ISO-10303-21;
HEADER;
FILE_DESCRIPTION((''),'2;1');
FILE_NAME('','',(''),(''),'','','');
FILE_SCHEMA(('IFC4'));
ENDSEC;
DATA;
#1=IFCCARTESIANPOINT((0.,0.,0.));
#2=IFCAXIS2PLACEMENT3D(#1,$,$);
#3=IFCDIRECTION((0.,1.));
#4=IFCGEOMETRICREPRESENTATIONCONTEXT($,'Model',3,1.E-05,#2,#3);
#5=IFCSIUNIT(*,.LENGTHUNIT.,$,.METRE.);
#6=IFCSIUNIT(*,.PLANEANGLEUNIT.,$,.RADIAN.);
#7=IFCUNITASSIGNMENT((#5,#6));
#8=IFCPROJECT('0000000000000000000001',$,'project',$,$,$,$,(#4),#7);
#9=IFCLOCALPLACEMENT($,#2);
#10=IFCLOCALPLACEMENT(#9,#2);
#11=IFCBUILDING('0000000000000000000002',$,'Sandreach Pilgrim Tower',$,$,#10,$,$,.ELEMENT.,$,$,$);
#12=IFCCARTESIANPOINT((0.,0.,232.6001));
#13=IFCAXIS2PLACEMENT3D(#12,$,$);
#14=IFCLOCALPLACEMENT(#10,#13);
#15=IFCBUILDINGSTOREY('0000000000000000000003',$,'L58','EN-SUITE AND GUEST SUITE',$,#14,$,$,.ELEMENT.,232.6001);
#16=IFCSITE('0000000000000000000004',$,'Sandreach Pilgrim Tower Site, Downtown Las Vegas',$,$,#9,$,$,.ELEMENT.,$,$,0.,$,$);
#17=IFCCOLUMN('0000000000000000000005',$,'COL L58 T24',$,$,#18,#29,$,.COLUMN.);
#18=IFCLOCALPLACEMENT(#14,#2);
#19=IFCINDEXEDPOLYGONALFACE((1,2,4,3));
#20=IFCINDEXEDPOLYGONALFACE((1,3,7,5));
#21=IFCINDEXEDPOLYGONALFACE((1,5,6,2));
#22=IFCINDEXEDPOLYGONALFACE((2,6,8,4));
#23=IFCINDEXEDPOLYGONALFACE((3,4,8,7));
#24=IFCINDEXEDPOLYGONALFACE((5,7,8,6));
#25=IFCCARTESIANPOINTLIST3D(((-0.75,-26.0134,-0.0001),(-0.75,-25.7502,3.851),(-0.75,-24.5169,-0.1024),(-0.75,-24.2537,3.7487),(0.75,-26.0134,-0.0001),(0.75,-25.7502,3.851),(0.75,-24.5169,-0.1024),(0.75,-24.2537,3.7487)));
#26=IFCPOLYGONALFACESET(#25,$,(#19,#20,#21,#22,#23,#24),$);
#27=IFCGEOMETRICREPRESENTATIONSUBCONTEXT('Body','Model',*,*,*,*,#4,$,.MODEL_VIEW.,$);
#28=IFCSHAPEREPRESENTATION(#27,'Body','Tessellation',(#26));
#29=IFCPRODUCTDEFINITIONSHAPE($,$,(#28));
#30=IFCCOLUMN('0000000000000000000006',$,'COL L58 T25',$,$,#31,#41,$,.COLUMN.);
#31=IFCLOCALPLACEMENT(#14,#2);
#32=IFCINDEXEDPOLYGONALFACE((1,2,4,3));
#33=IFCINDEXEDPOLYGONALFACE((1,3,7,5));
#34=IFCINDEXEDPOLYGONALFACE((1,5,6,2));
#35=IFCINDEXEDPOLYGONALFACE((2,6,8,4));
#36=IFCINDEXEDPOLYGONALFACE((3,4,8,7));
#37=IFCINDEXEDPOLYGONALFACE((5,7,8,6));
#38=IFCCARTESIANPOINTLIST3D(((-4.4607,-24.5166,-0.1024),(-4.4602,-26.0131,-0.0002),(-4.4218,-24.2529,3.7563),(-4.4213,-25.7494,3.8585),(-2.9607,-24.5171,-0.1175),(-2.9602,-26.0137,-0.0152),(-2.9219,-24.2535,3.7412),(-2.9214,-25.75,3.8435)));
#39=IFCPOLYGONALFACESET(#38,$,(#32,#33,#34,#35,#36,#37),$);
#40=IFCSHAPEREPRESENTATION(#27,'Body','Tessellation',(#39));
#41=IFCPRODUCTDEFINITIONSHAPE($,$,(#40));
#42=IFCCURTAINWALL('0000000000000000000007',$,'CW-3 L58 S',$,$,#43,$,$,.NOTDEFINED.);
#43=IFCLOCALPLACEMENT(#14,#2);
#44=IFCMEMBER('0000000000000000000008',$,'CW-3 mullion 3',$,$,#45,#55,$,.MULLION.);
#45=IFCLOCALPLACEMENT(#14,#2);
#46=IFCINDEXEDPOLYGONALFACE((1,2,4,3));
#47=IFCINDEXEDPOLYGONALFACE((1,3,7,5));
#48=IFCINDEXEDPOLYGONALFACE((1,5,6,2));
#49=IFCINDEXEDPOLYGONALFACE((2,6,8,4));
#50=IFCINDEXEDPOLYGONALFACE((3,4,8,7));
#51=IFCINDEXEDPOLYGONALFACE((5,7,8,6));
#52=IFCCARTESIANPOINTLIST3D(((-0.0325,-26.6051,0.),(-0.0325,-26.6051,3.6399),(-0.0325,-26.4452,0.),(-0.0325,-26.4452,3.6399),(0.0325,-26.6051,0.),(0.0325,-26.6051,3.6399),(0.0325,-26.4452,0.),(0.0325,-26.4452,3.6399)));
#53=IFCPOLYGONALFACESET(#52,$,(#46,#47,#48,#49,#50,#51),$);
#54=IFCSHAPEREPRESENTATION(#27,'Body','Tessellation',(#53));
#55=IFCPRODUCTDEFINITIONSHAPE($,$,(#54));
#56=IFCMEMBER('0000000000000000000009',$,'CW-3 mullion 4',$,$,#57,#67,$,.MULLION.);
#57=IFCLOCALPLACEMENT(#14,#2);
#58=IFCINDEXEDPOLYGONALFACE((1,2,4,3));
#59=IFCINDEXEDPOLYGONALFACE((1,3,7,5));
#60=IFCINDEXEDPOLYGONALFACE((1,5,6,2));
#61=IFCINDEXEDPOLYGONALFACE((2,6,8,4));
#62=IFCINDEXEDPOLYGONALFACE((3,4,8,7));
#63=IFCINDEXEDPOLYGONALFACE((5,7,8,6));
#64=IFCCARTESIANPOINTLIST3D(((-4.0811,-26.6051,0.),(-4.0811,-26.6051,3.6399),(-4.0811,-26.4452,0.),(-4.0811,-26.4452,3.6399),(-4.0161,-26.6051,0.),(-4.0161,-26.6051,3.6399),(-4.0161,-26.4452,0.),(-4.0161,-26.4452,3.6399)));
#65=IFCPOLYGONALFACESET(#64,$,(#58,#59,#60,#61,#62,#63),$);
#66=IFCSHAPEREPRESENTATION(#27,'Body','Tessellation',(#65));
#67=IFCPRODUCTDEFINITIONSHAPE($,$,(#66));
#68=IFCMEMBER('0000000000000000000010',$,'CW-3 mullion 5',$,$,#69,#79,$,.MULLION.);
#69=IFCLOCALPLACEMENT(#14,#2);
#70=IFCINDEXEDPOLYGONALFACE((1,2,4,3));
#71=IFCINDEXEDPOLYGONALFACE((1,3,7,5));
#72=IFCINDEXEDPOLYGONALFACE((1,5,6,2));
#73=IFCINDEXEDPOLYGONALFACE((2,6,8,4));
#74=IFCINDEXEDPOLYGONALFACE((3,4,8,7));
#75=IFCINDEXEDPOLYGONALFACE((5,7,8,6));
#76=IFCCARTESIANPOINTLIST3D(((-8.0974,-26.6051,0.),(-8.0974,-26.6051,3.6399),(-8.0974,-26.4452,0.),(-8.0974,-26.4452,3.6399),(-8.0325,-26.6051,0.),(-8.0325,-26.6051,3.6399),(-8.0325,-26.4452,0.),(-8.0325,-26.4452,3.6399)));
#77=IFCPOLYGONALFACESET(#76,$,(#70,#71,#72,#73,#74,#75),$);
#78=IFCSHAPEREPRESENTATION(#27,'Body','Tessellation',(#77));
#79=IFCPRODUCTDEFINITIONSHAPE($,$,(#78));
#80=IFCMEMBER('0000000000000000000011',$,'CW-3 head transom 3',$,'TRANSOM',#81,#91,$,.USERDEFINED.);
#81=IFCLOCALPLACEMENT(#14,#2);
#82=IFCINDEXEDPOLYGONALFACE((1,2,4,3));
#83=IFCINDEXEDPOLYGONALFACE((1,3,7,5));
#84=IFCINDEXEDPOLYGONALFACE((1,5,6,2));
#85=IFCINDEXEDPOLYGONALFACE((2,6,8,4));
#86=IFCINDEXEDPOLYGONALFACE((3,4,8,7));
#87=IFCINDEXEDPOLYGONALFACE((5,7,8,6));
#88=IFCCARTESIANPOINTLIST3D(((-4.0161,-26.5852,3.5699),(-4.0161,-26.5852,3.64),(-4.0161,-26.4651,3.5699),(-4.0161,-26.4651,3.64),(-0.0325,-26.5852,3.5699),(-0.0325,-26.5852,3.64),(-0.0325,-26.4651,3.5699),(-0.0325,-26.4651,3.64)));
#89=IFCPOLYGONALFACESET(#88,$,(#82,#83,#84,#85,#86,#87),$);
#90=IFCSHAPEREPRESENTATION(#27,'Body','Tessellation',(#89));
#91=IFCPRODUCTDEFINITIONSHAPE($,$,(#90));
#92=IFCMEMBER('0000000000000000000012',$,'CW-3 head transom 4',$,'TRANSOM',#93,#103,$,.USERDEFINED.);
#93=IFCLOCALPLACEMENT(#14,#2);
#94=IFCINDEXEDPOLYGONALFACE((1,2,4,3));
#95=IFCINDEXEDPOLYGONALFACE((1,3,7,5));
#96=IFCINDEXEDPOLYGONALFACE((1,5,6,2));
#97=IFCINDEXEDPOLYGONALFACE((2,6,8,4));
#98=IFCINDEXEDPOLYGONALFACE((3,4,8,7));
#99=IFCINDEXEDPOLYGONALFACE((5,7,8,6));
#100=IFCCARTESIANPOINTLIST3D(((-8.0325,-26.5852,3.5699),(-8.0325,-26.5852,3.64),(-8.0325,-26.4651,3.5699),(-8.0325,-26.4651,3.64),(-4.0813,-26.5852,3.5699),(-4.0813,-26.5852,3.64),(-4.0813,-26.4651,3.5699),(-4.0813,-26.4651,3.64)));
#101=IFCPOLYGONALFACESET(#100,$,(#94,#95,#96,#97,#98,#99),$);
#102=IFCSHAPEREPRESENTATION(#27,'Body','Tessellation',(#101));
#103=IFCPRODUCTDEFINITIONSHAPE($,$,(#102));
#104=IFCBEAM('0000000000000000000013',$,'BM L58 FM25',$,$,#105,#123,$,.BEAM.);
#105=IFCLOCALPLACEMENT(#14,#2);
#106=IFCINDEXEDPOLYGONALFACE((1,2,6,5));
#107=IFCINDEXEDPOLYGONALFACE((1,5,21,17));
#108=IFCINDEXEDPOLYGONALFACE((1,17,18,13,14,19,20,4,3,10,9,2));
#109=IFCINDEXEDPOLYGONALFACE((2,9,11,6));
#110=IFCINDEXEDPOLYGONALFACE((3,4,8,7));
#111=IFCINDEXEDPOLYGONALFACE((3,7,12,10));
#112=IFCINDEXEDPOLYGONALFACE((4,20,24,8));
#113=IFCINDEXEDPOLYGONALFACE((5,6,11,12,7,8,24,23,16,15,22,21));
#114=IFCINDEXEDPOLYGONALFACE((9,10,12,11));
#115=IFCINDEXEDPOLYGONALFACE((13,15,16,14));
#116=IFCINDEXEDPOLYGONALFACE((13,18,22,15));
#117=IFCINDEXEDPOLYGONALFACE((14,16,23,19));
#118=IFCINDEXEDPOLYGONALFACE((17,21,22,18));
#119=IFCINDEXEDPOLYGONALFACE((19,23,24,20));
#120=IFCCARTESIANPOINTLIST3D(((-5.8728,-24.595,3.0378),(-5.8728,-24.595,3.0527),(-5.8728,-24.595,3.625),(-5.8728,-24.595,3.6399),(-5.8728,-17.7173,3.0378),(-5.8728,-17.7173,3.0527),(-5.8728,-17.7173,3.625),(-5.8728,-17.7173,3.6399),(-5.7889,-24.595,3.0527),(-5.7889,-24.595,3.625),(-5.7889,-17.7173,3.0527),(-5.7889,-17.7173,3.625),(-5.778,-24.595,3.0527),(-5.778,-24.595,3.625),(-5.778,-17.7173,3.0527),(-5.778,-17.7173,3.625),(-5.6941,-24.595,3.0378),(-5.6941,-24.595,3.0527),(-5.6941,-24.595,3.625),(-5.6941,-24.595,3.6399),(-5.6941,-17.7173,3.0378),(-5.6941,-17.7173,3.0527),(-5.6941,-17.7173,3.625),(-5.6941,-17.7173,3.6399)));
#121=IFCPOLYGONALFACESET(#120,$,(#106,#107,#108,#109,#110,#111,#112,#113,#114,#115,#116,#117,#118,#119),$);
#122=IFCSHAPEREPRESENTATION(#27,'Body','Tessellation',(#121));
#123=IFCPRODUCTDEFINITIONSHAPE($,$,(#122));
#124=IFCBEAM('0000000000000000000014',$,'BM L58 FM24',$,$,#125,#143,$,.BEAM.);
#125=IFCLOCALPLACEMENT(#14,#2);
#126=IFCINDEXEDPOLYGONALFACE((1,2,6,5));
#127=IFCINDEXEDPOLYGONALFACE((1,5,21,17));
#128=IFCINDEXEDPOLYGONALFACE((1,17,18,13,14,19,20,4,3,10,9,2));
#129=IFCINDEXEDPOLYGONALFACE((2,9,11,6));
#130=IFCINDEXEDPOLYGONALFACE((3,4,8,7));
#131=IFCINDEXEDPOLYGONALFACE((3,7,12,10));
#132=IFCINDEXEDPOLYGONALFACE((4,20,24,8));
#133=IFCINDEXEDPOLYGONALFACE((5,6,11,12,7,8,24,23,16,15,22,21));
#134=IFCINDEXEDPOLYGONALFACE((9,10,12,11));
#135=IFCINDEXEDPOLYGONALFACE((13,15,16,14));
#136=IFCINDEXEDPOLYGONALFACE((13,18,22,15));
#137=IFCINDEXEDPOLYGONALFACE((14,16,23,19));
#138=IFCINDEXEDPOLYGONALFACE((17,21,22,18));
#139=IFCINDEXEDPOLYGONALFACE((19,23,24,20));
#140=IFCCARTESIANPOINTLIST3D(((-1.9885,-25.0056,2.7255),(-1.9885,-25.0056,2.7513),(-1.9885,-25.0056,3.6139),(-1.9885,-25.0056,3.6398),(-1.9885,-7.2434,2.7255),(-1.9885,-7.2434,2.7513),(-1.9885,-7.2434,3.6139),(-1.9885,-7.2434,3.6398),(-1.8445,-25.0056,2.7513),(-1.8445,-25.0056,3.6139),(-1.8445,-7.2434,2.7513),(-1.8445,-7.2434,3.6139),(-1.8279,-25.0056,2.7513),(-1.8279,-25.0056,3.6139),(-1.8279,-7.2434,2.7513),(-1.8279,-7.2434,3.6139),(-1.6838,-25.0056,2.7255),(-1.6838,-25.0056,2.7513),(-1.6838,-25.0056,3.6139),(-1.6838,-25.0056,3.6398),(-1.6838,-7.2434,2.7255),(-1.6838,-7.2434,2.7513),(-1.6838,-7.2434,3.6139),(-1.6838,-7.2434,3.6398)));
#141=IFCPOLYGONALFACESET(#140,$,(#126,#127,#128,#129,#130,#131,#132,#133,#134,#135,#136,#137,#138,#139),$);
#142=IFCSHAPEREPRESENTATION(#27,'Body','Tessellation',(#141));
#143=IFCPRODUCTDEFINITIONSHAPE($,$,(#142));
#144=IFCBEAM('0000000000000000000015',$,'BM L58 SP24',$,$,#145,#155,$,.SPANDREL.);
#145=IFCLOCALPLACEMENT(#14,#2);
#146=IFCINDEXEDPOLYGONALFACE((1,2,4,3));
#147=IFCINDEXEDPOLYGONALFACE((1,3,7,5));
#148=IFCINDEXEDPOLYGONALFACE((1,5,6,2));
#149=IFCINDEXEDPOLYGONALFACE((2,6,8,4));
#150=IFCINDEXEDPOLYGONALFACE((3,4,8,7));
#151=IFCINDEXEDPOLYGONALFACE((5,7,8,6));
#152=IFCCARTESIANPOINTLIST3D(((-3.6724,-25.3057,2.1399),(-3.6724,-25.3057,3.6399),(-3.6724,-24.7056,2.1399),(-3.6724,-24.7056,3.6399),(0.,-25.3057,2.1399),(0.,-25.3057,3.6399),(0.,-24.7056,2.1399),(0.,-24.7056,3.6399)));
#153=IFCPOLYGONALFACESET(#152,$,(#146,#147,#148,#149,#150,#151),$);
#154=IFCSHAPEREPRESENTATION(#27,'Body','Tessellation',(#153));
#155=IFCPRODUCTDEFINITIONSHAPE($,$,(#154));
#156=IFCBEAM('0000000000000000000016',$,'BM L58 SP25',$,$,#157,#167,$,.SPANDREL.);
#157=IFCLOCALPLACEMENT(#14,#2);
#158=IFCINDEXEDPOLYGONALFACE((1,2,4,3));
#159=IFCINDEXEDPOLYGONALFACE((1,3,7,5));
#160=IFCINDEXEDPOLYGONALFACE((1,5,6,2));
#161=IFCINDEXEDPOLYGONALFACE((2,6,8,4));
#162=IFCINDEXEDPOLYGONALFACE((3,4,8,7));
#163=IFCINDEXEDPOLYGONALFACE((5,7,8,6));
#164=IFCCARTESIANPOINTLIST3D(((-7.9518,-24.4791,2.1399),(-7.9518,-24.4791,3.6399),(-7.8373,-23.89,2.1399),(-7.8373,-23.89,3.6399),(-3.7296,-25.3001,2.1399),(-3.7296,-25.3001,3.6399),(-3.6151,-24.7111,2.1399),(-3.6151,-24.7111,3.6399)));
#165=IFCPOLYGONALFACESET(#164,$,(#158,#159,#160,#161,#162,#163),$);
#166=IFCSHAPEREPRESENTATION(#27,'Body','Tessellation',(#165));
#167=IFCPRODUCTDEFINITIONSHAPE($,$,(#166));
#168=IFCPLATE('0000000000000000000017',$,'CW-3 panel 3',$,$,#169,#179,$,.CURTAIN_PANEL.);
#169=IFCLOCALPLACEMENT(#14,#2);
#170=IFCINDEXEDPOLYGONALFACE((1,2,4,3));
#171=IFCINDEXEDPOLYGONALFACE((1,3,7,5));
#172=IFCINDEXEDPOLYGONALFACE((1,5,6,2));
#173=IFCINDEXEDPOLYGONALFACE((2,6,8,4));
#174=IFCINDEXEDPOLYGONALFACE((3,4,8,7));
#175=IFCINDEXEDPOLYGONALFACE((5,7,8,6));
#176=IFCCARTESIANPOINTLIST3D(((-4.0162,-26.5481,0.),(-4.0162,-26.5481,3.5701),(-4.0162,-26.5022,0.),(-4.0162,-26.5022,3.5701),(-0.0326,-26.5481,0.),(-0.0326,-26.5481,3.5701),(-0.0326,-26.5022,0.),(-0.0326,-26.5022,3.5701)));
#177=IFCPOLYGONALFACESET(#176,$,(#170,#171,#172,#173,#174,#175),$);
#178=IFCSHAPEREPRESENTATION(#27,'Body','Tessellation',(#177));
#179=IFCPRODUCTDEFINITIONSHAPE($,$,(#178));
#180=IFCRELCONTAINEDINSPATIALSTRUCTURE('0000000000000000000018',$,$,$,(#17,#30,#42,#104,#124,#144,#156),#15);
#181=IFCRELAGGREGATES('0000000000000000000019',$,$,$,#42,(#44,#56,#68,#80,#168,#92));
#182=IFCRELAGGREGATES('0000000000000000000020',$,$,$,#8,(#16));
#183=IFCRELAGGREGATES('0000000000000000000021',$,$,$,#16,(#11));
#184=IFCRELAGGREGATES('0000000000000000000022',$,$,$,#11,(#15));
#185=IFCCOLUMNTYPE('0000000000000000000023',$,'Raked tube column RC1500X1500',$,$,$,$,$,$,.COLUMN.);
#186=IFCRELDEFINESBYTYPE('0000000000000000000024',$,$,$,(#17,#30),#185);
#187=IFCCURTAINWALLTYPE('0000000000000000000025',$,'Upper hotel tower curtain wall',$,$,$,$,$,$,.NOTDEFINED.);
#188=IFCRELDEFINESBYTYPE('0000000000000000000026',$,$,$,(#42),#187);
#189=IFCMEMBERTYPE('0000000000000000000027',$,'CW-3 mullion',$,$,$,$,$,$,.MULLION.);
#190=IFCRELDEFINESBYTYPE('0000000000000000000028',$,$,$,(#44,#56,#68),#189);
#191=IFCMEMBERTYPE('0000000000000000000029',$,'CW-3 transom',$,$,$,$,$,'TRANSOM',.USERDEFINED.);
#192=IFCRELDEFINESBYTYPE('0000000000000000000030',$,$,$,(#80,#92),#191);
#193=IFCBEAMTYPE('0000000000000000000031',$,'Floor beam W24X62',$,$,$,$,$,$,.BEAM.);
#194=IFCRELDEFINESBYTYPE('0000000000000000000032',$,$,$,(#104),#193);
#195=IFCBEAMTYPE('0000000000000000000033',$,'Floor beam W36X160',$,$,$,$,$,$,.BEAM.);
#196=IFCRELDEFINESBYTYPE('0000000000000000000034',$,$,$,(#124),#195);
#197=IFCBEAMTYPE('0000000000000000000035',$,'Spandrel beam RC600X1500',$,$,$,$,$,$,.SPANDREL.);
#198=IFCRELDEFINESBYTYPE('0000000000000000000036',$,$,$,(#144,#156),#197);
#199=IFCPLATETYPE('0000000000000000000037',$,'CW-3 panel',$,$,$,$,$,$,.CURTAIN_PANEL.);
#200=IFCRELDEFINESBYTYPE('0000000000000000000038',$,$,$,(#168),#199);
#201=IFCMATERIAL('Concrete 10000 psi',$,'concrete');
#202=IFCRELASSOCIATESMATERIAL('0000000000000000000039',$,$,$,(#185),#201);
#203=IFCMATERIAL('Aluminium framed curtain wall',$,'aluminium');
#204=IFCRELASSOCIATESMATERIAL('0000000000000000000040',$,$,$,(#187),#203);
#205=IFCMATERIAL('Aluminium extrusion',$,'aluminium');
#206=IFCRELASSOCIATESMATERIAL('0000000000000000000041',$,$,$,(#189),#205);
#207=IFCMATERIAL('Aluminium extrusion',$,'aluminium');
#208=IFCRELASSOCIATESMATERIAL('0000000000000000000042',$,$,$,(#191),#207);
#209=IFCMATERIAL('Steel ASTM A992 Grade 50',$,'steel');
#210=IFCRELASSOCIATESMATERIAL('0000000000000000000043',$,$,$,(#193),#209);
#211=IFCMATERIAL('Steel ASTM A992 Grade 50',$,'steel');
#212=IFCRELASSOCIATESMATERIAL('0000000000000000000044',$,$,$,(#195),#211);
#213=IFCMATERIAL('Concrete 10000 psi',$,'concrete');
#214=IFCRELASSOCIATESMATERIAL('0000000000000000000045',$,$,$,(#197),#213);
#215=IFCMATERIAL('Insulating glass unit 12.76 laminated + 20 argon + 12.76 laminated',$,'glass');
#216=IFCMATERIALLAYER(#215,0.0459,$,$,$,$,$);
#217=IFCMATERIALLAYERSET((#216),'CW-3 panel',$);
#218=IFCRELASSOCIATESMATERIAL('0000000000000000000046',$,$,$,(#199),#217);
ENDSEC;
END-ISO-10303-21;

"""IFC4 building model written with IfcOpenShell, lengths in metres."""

from ifc_helpers import new_model, si_unit, direction, frame, origin, origin_2d, place, context, subcontext, project, spatial, rectangle, i_section, extrude, material, layer, layer_set, material_profile, profile_set, type_object, element, aggregate, save


model = new_model("IFC4")

# Units and contexts
model_context = context("Model", 3, precision=1e-05, world=origin(), true_north=direction((0.0, 1.0)))
body_context = subcontext(model_context, "Body", "Model", "MODEL_VIEW")
ifc_project = project(units=[si_unit("LENGTHUNIT", "METRE"), si_unit("PLANEANGLEUNIT", "RADIAN")], contexts=[model_context])

# Site, building, storey
site_placement = place(None, origin())
site = spatial("IfcSite", under=ifc_project, at=site_placement, Name="Sandreach Pilgrim Tower Site, Downtown Las Vegas", CompositionType="ELEMENT", RefElevation=0.0)
building_placement = place(site_placement, origin())
building = spatial("IfcBuilding", under=site, at=building_placement, Name="Sandreach Pilgrim Tower", CompositionType="ELEMENT")
storey_placement = place(building_placement, frame((0.0, 0.0, 232.6001)))
storey = spatial("IfcBuildingStorey", under=building, at=storey_placement, Name="L58", Description="EN-SUITE AND GUEST SUITE", CompositionType="ELEMENT", Elevation=232.6001)

# Columns
ifc_material_1 = material(Name="Concrete 10000 psi", Category="concrete")
ifc_material_profile_1 = material_profile(ifc_material_1, rectangle(XDim=1.5, YDim=1.5, at=origin_2d()), Name="RC1500X1500")
ifc_profile_set_1 = profile_set([ifc_material_profile_1], Name="Concrete 10000 psi")
column_type = type_object("IfcColumnType", Name="Raked tube column RC1500X1500", PredefinedType="COLUMN", material=ifc_profile_set_1)
column_1_placement = place(storey_placement, frame((0.0, -25.2651, -0.0513), z_axis=(0.0, 0.068181, 0.997673), x_axis=(0.0, -0.997673, 0.068181)))
element("IfcColumn", 1, at=column_1_placement, inside=storey, type_object=column_type, Name="COL L58 T24", PredefinedType="COLUMN", context=body_context, shape_type="SweptSolid", body=[
    extrude(rectangle(XDim=1.5, YDim=1.5, at=origin_2d()), origin(), (0.0, 0.0, 1.0), 3.8601),
])
column_2_placement = place(storey_placement, frame((-3.7104, -25.2651, -0.0588), z_axis=(0.010036, 0.06817, 0.997623), x_axis=(0.000329, -0.997674, 0.068171)))
element("IfcColumn", 2, at=column_2_placement, inside=storey, type_object=column_type, Name="COL L58 T25", PredefinedType="COLUMN", context=body_context, shape_type="SweptSolid", body=[
    extrude(rectangle(XDim=1.5, YDim=1.5, at=origin_2d()), origin(), (0.0, 0.0, 1.0), 3.8679),
])

# Curtain wall, members
ifc_material_2 = material(Name="Aluminium framed curtain wall", Category="aluminium")
curtain_wall_type = type_object("IfcCurtainWallType", Name="Upper hotel tower curtain wall", PredefinedType="NOTDEFINED", material=ifc_material_2)
curtain_wall_placement = place(storey_placement, origin())
curtain_wall = element("IfcCurtainWall", 3, at=curtain_wall_placement, inside=storey, type_object=curtain_wall_type, Name="CW-3 L58 S", PredefinedType="NOTDEFINED")
ifc_material_3 = material(Name="Aluminium extrusion", Category="aluminium")
ifc_material_profile_2 = material_profile(ifc_material_3, rectangle(XDim=0.0649, YDim=0.1599, at=origin_2d()), Name="CW-3M 65X160")
ifc_profile_set_2 = profile_set([ifc_material_profile_2], Name="Aluminium extrusion")
member_type_1 = type_object("IfcMemberType", Name="CW-3 mullion", PredefinedType="MULLION", material=ifc_profile_set_2)
member_1_placement = place(storey_placement, frame((0.0, -26.5251, 0.0), z_axis=(0.0, 0.0, 1.0), x_axis=(-1.0, 0.0, 0.0)))
member_1 = element("IfcMember", 4, at=member_1_placement, type_object=member_type_1, Name="CW-3 mullion 3", PredefinedType="MULLION", context=body_context, shape_type="SweptSolid", body=[
    extrude(rectangle(XDim=0.0649, YDim=0.1599, at=origin_2d()), origin(), (0.0, 0.0, 1.0), 3.6399),
])
member_2_placement = place(storey_placement, frame((-4.0486, -26.5251, 0.0), z_axis=(0.0, 0.0, 1.0), x_axis=(-1.0, 0.0, 0.0)))
member_2 = element("IfcMember", 5, at=member_2_placement, type_object=member_type_1, Name="CW-3 mullion 4", PredefinedType="MULLION", context=body_context, shape_type="SweptSolid", body=[
    extrude(rectangle(XDim=0.0649, YDim=0.1599, at=origin_2d()), origin(), (0.0, 0.0, 1.0), 3.6399),
])
member_3_placement = place(storey_placement, frame((-8.0649, -26.5251, 0.0), z_axis=(0.0, 0.0, 1.0), x_axis=(-1.0, 0.0, 0.0)))
member_3 = element("IfcMember", 6, at=member_3_placement, type_object=member_type_1, Name="CW-3 mullion 5", PredefinedType="MULLION", context=body_context, shape_type="SweptSolid", body=[
    extrude(rectangle(XDim=0.0649, YDim=0.1599, at=origin_2d()), origin(), (0.0, 0.0, 1.0), 3.6399),
])
ifc_material_4 = material(Name="Aluminium extrusion", Category="aluminium")
ifc_material_profile_3 = material_profile(ifc_material_4, rectangle(XDim=0.1201, YDim=0.0701, at=origin_2d()), Name="CW-3T 120X70")
ifc_profile_set_3 = profile_set([ifc_material_profile_3], Name="Aluminium extrusion")
member_type_2 = type_object("IfcMemberType", Name="CW-3 transom", ElementType="TRANSOM", PredefinedType="USERDEFINED", material=ifc_profile_set_3)
member_4_placement = place(storey_placement, frame((-0.0325, -26.5251, 3.605), z_axis=(-1.0, 0.0, 0.0), x_axis=(0.0, -1.0, 0.0)))
member_4 = element("IfcMember", 7, at=member_4_placement, type_object=member_type_2, Name="CW-3 head transom 3", ObjectType="TRANSOM", PredefinedType="USERDEFINED", context=body_context, shape_type="SweptSolid", body=[
    extrude(rectangle(XDim=0.1201, YDim=0.0701, at=origin_2d()), origin(), (0.0, 0.0, 1.0), 3.9836),
])
member_5_placement = place(storey_placement, frame((-4.0813, -26.5251, 3.605), z_axis=(-1.0, 0.0, 0.0), x_axis=(0.0, -1.0, 0.0)))
member_5 = element("IfcMember", 8, at=member_5_placement, type_object=member_type_2, Name="CW-3 head transom 4", ObjectType="TRANSOM", PredefinedType="USERDEFINED", context=body_context, shape_type="SweptSolid", body=[
    extrude(rectangle(XDim=0.1201, YDim=0.0701, at=origin_2d()), origin(), (0.0, 0.0, 1.0), 3.9512),
])

# Beams
ifc_material_5 = material(Name="Steel ASTM A992 Grade 50", Category="steel")
ifc_material_profile_4 = material_profile(ifc_material_5, i_section(OverallWidth=0.1787, OverallDepth=0.6021, WebThickness=0.011, FlangeThickness=0.0149, at=origin_2d()), Name="W24X62")
ifc_profile_set_4 = profile_set([ifc_material_profile_4], Name="Steel ASTM A992 Grade 50")
beam_type_1 = type_object("IfcBeamType", Name="Floor beam W24X62", PredefinedType="BEAM", material=ifc_profile_set_4)
beam_1_placement = place(storey_placement, frame((-5.7834, -24.595, 3.3389), z_axis=(0.0, 1.0, 0.0), x_axis=(-1.0, 0.0, 0.0)))
element("IfcBeam", 9, at=beam_1_placement, inside=storey, type_object=beam_type_1, Name="BM L58 FM25", PredefinedType="BEAM", context=body_context, shape_type="SweptSolid", body=[
    extrude(i_section(OverallWidth=0.1787, OverallDepth=0.6021, WebThickness=0.011, FlangeThickness=0.0149, at=origin_2d()), origin(), (0.0, 0.0, 1.0), 6.8777),
])
ifc_material_6 = material(Name="Steel ASTM A992 Grade 50", Category="steel")
ifc_material_profile_5 = material_profile(ifc_material_6, i_section(OverallWidth=0.3047, OverallDepth=0.9143, WebThickness=0.0166, FlangeThickness=0.0259, at=origin_2d()), Name="W36X160")
ifc_profile_set_5 = profile_set([ifc_material_profile_5], Name="Steel ASTM A992 Grade 50")
beam_type_2 = type_object("IfcBeamType", Name="Floor beam W36X160", PredefinedType="BEAM", material=ifc_profile_set_5)
beam_2_placement = place(storey_placement, frame((-1.8362, -25.0056, 3.1826), z_axis=(0.0, 1.0, 0.0), x_axis=(-1.0, 0.0, 0.0)))
element("IfcBeam", 10, at=beam_2_placement, inside=storey, type_object=beam_type_2, Name="BM L58 FM24", PredefinedType="BEAM", context=body_context, shape_type="SweptSolid", body=[
    extrude(i_section(OverallWidth=0.3047, OverallDepth=0.9143, WebThickness=0.0166, FlangeThickness=0.0259, at=origin_2d()), origin(), (0.0, 0.0, 1.0), 17.7622),
])
ifc_material_7 = material(Name="Concrete 10000 psi", Category="concrete")
ifc_material_profile_6 = material_profile(ifc_material_7, rectangle(XDim=0.6001, YDim=1.5, at=origin_2d()), Name="RC600X1500")
ifc_profile_set_6 = profile_set([ifc_material_profile_6], Name="Concrete 10000 psi")
beam_type_3 = type_object("IfcBeamType", Name="Spandrel beam RC600X1500", PredefinedType="SPANDREL", material=ifc_profile_set_6)
beam_3_placement = place(storey_placement, frame((0.0, -25.0056, 2.8899), z_axis=(-1.0, 0.0, 0.0), x_axis=(0.0, -1.0, 0.0)))
element("IfcBeam", 11, at=beam_3_placement, inside=storey, type_object=beam_type_3, Name="BM L58 SP24", PredefinedType="SPANDREL", context=body_context, shape_type="SweptSolid", body=[
    extrude(rectangle(XDim=0.6001, YDim=1.5, at=origin_2d()), origin(), (0.0, 0.0, 1.0), 3.6724),
])
beam_4_placement = place(storey_placement, frame((-3.6724, -25.0056, 2.8899), z_axis=(-0.981612, 0.190885, 0.0), x_axis=(-0.190885, -0.981612, 0.0)))
element("IfcBeam", 12, at=beam_4_placement, inside=storey, type_object=beam_type_3, Name="BM L58 SP25", PredefinedType="SPANDREL", context=body_context, shape_type="SweptSolid", body=[
    extrude(rectangle(XDim=0.6001, YDim=1.5, at=origin_2d()), origin(), (0.0, 0.0, 1.0), 4.3013),
])

# Plate
ifc_material_8 = material(Name="Insulating glass unit 12.76 laminated + 20 argon + 12.76 laminated", Category="glass")
ifc_layer_1 = layer(ifc_material_8, 0.0459)
ifc_layer_set_1 = layer_set([ifc_layer_1], Name="CW-3 panel")
plate_type = type_object("IfcPlateType", Name="CW-3 panel", PredefinedType="CURTAIN_PANEL", material=ifc_layer_set_1)
plate_1_placement = place(storey_placement, frame((-2.0244, -26.5251, 0.0), z_axis=(0.0, 0.0, 1.0), x_axis=(-1.0, 0.0, 0.0)))
plate_1 = element("IfcPlate", 13, at=plate_1_placement, type_object=plate_type, Name="CW-3 panel 3", PredefinedType="CURTAIN_PANEL", context=body_context, shape_type="SweptSolid", body=[
    extrude(rectangle(XDim=3.9836, YDim=0.0459, at=origin_2d()), origin(), (0.0, 0.0, 1.0), 3.5701),
])
aggregate(curtain_wall, [member_1, member_2, member_3, member_4, plate_1, member_5])

save(model, "model.ifc")
